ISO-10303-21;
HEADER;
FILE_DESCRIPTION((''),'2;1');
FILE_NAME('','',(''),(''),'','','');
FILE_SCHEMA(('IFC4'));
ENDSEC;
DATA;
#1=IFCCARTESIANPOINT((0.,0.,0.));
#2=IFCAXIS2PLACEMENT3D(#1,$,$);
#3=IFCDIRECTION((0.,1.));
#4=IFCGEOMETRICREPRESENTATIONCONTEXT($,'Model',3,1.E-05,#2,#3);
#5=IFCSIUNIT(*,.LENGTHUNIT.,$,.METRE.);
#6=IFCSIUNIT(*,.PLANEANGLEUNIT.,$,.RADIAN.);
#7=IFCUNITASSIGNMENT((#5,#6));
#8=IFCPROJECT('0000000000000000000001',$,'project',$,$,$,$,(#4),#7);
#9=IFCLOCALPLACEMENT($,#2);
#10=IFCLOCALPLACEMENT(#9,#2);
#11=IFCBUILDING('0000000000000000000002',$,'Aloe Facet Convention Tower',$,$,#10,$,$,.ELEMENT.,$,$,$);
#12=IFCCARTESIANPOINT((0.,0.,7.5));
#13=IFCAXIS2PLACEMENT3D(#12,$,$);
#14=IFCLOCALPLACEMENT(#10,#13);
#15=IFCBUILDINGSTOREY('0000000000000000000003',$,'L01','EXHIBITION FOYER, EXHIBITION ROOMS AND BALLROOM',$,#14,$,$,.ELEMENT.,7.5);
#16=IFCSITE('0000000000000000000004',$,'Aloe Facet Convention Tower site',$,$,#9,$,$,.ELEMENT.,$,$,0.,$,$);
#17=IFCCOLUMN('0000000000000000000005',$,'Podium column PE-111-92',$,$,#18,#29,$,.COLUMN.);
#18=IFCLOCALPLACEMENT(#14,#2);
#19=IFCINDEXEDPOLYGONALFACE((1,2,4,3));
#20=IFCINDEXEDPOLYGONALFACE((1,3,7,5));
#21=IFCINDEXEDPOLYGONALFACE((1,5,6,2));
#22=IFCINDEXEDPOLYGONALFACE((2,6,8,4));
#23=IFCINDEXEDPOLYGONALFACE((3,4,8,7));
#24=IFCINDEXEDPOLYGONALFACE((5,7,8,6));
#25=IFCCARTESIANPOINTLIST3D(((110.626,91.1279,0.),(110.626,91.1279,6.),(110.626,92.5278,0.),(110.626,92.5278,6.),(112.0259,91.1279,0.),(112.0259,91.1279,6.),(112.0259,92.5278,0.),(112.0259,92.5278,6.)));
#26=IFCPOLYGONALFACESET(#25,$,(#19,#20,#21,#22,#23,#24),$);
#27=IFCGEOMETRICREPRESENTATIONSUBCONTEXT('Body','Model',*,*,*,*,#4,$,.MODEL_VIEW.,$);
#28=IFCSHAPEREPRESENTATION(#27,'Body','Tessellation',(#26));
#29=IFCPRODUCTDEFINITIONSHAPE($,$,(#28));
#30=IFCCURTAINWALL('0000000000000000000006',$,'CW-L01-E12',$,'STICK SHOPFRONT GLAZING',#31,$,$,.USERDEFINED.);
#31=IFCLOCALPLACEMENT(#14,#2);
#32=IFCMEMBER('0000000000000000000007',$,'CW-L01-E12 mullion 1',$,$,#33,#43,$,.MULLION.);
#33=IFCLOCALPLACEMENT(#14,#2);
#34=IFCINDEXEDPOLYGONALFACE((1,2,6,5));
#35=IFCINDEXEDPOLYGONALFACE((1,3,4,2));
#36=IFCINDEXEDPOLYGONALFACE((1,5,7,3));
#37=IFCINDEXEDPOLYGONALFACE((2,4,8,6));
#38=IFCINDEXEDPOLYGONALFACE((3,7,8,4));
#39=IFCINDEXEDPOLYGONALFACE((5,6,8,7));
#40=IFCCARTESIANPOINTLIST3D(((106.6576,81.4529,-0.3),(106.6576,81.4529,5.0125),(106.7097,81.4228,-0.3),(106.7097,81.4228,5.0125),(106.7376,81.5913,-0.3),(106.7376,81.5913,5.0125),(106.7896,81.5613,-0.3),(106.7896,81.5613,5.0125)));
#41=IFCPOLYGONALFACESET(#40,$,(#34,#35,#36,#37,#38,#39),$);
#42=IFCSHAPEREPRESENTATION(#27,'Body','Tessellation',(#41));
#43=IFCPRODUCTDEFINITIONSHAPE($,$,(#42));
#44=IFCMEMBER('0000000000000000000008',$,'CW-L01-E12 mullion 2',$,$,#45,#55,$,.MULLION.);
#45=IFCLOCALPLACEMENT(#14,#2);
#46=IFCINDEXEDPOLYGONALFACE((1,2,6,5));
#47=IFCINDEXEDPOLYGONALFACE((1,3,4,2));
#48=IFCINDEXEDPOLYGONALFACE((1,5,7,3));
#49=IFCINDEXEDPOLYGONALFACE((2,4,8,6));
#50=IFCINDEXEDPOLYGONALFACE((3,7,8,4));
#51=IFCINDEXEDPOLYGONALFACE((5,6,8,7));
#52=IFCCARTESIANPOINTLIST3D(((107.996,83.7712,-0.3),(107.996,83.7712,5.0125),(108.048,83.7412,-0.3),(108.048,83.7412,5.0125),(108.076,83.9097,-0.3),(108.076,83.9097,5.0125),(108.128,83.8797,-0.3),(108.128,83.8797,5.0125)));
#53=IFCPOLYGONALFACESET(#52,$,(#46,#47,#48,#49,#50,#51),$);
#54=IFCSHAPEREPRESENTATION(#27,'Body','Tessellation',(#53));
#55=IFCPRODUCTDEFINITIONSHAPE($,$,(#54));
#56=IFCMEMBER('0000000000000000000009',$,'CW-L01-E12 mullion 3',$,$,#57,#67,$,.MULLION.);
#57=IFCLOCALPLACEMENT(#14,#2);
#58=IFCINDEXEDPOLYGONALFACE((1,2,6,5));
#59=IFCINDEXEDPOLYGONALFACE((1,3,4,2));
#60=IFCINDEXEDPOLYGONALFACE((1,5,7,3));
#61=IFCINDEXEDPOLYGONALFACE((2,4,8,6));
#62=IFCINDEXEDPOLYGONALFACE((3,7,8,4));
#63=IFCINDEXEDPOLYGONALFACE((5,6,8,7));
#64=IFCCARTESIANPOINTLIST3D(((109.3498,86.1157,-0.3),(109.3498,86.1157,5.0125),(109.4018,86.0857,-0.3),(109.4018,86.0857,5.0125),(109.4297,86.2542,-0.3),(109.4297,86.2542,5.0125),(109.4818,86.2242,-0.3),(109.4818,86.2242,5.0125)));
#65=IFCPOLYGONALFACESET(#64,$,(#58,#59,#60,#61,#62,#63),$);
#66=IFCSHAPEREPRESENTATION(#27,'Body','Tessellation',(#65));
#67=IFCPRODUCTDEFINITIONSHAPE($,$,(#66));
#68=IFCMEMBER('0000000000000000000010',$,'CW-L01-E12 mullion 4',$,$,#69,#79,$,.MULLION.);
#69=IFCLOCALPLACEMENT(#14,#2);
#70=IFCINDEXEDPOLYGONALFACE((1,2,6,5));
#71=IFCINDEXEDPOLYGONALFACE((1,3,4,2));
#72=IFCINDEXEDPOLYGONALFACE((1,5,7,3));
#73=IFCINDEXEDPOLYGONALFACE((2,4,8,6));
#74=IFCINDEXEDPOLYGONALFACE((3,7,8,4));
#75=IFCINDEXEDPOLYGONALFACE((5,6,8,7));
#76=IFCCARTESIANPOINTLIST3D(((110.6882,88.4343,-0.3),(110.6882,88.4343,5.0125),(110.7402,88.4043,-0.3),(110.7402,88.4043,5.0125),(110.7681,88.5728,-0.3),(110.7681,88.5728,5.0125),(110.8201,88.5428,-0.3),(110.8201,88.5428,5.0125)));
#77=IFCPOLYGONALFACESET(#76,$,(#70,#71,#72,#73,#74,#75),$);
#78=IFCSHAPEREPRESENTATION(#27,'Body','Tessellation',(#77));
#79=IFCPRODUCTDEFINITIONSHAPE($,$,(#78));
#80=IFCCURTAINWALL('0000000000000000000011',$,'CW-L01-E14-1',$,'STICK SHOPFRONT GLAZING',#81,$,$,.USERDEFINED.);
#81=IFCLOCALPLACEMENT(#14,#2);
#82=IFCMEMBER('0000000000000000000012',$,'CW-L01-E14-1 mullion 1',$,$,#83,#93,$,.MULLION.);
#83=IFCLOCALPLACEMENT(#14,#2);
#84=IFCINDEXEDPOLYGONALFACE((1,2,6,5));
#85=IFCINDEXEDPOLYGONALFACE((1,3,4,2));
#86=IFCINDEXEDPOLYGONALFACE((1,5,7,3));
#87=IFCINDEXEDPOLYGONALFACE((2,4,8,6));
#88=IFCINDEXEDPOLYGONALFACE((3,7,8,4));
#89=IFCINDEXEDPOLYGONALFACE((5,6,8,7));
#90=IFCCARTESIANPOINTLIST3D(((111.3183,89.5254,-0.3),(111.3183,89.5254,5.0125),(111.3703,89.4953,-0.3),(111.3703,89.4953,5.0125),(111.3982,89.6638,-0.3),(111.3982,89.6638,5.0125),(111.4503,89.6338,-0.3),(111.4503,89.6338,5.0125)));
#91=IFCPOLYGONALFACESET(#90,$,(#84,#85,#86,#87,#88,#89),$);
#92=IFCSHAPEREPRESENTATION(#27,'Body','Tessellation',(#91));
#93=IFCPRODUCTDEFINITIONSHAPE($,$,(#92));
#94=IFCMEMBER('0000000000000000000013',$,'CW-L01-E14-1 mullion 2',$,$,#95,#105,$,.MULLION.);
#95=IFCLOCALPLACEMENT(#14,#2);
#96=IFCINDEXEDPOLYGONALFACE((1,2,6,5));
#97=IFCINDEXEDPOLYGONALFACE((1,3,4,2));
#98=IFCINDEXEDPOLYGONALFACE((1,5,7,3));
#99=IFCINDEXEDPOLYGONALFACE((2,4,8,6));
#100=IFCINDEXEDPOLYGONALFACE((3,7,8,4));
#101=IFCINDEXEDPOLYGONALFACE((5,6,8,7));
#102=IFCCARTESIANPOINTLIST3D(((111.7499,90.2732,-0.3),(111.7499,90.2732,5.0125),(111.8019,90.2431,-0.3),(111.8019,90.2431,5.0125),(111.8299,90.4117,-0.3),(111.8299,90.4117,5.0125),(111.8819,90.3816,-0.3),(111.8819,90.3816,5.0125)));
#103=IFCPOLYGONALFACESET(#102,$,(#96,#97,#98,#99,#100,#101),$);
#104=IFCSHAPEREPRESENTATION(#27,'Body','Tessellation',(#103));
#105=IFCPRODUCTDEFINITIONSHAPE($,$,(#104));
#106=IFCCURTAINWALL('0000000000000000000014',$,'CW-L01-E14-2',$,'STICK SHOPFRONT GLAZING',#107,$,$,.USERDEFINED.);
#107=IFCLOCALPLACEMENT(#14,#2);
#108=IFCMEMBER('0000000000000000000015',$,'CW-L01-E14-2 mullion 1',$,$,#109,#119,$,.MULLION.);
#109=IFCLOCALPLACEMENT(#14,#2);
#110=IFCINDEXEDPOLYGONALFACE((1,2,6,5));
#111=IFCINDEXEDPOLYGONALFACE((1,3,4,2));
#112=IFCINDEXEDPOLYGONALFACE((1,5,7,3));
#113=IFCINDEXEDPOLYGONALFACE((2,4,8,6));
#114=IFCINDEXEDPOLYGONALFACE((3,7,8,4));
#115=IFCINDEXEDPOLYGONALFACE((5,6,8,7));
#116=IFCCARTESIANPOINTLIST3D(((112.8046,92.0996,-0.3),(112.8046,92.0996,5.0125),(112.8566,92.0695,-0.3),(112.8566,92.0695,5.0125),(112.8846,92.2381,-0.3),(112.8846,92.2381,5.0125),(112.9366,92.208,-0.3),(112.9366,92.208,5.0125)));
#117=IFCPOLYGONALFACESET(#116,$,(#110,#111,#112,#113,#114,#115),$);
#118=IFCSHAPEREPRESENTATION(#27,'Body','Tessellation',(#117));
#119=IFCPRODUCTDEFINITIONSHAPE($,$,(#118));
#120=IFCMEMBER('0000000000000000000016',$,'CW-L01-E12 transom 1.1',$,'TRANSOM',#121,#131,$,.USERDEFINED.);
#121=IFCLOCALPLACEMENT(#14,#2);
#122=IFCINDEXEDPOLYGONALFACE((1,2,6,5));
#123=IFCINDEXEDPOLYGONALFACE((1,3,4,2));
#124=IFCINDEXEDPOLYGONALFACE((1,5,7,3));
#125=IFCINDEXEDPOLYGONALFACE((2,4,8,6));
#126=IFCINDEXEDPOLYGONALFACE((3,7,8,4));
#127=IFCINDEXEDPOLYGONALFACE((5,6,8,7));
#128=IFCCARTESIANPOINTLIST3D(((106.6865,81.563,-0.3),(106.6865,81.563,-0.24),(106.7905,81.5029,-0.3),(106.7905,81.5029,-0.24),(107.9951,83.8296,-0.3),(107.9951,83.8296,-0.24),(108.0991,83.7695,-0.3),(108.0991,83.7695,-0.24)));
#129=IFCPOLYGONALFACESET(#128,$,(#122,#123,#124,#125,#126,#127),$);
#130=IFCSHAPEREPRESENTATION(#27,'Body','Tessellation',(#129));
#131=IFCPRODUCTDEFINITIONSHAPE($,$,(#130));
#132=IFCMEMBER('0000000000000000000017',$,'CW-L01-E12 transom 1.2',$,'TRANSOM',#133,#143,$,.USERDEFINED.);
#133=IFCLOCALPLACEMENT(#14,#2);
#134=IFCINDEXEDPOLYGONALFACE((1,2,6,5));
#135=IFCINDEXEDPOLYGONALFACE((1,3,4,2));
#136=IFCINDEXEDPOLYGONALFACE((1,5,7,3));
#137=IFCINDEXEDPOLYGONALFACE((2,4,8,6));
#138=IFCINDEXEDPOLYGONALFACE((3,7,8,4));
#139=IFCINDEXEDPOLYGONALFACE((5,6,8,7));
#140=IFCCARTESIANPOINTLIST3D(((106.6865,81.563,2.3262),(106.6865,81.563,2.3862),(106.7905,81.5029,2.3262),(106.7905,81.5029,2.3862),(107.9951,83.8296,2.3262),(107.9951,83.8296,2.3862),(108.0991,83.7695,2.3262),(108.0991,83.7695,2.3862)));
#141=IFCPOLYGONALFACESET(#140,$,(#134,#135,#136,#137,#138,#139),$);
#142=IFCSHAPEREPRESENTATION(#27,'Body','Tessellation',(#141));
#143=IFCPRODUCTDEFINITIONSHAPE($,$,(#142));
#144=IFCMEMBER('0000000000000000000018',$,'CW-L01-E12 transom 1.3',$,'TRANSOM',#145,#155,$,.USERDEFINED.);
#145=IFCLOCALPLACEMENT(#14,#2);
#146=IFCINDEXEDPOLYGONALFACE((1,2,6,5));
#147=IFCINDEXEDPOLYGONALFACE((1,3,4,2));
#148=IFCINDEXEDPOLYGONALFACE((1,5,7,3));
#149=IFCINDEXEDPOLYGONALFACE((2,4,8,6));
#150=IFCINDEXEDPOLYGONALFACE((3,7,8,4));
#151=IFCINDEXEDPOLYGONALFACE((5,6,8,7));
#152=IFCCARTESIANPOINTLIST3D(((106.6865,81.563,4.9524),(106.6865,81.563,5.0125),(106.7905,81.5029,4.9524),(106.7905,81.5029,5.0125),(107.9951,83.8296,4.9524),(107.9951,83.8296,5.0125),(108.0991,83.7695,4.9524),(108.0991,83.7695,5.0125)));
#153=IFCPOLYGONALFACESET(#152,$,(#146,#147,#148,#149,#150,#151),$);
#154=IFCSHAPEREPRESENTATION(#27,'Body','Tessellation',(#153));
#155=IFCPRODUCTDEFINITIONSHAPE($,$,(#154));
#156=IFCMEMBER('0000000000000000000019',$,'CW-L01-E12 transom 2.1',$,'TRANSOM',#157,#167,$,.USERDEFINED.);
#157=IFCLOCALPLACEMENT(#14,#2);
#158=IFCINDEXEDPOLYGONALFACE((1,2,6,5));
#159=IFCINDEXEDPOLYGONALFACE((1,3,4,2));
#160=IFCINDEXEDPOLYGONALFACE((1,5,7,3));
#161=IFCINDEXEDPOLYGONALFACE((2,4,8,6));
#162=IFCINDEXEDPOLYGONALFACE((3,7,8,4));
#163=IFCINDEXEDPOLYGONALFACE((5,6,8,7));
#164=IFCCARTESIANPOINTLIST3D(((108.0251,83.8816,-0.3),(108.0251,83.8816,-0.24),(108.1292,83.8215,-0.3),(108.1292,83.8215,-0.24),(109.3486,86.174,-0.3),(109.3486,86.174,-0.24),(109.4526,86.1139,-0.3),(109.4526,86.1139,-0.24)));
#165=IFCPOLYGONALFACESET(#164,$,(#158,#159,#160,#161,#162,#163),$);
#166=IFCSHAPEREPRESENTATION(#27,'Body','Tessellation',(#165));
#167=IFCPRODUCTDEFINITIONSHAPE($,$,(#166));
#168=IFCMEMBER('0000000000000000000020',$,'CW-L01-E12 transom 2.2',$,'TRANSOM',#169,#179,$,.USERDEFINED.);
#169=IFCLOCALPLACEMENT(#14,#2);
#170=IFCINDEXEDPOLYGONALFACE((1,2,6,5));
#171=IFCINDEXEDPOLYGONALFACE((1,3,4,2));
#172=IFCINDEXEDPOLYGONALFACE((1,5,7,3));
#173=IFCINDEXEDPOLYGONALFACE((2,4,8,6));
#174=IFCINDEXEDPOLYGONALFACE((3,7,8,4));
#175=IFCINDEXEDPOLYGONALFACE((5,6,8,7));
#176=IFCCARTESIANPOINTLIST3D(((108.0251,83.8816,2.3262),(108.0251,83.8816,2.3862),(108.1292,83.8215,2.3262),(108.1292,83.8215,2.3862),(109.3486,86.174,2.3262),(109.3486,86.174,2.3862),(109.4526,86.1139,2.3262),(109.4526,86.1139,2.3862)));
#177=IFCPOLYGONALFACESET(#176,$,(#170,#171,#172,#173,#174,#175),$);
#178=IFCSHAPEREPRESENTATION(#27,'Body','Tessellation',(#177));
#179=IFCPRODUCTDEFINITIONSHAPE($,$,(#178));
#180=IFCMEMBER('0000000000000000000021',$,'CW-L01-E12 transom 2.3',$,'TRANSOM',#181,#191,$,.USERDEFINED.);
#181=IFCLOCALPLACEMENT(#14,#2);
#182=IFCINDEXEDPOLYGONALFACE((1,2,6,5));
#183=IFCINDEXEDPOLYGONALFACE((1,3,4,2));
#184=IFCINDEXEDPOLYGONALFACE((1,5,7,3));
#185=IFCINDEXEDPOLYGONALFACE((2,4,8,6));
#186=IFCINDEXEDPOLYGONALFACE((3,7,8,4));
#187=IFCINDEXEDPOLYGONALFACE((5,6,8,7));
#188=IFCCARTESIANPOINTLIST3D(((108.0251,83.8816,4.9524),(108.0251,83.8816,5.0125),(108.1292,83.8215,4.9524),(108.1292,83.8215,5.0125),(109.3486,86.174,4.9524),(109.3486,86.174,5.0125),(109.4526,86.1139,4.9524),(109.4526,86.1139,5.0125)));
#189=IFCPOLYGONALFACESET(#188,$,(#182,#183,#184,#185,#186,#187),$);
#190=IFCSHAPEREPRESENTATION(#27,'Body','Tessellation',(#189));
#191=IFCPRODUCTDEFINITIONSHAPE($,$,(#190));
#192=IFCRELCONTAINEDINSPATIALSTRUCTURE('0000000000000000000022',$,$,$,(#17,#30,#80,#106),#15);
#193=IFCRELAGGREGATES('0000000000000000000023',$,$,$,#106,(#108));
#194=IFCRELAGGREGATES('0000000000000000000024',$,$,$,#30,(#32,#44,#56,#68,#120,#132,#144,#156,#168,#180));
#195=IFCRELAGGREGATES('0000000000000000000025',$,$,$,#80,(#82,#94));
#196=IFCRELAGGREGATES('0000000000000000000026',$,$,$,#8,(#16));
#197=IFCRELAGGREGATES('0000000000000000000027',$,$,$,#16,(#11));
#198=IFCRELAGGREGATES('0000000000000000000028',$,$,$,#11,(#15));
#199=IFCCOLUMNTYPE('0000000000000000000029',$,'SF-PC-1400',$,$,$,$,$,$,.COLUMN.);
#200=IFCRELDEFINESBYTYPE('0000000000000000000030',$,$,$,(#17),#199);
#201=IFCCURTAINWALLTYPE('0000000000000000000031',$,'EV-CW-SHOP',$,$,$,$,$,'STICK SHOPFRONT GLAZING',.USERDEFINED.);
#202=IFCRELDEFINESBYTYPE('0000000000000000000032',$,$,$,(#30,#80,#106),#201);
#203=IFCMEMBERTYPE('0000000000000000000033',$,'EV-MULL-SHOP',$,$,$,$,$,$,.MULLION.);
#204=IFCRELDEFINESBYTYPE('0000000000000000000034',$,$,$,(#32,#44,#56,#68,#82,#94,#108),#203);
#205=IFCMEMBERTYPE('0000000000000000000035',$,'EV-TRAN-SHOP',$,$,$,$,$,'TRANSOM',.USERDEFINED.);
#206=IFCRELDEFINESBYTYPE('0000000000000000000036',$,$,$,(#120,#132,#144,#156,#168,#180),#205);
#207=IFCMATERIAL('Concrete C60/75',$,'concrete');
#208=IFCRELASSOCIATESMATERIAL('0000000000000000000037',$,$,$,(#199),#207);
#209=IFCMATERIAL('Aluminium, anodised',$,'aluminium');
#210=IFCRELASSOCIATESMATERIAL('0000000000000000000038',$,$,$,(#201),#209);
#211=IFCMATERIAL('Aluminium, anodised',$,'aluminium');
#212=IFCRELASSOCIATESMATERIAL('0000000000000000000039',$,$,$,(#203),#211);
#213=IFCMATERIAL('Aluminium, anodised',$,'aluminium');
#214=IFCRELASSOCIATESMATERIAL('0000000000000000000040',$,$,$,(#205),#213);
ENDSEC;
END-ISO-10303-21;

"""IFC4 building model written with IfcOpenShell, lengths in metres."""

from ifc_helpers import new_model, si_unit, direction, frame, origin, origin_2d, place, context, subcontext, project, spatial, rectangle, extrude, material, material_profile, profile_set, type_object, element, aggregate, save


model = new_model("IFC4")

# Units and contexts
model_context = context("Model", 3, precision=1e-05, world=origin(), true_north=direction((0.0, 1.0)))
body_context = subcontext(model_context, "Body", "Model", "MODEL_VIEW")
ifc_project = project(units=[si_unit("LENGTHUNIT", "METRE"), si_unit("PLANEANGLEUNIT", "RADIAN")], contexts=[model_context])

# Site, building, storey
site_placement = place(None, origin())
site = spatial("IfcSite", under=ifc_project, at=site_placement, Name="Aloe Facet Convention Tower site", CompositionType="ELEMENT", RefElevation=0.0)
building_placement = place(site_placement, origin())
building = spatial("IfcBuilding", under=site, at=building_placement, Name="Aloe Facet Convention Tower", CompositionType="ELEMENT")
storey_placement = place(building_placement, frame((0.0, 0.0, 7.5)))
storey = spatial("IfcBuildingStorey", under=building, at=storey_placement, Name="L01", Description="EXHIBITION FOYER, EXHIBITION ROOMS AND BALLROOM", CompositionType="ELEMENT", Elevation=7.5)

# Column
ifc_material_1 = material(Name="Concrete C60/75", Category="concrete")
ifc_material_profile_1 = material_profile(ifc_material_1, rectangle(XDim=1.3999, YDim=1.3999, at=origin_2d()), Name="SF-PC-1400")
ifc_profile_set_1 = profile_set([ifc_material_profile_1], Name="Concrete C60/75")
column_type = type_object("IfcColumnType", Name="SF-PC-1400", PredefinedType="COLUMN", material=ifc_profile_set_1)
column_placement = place(storey_placement, frame((111.3259, 91.8279, 0.0), z_axis=(0.0, 0.0, 1.0), x_axis=(1.0, 0.0, 0.0)))
element("IfcColumn", 1, at=column_placement, inside=storey, type_object=column_type, Name="Podium column PE-111-92", PredefinedType="COLUMN", context=body_context, shape_type="SweptSolid", body=[
    extrude(rectangle(XDim=1.3999, YDim=1.3999, at=origin_2d()), origin(), (0.0, 0.0, 1.0), 6.0),
])

# Curtain walls, members
ifc_material_2 = material(Name="Aluminium, anodised", Category="aluminium")
curtain_wall_type = type_object("IfcCurtainWallType", Name="EV-CW-SHOP", ElementType="STICK SHOPFRONT GLAZING", PredefinedType="USERDEFINED", material=ifc_material_2)
curtain_wall_1_placement = place(storey_placement, origin())
curtain_wall_1 = element("IfcCurtainWall", 2, at=curtain_wall_1_placement, inside=storey, type_object=curtain_wall_type, Name="CW-L01-E12", ObjectType="STICK SHOPFRONT GLAZING", PredefinedType="USERDEFINED")
ifc_material_3 = material(Name="Aluminium, anodised", Category="aluminium")
ifc_material_profile_2 = material_profile(ifc_material_3, rectangle(XDim=0.0601, YDim=0.1599, at=origin_2d()), Name="AL 60x160")
ifc_profile_set_2 = profile_set([ifc_material_profile_2], Name="Aluminium, anodised")
member_type_1 = type_object("IfcMemberType", Name="EV-MULL-SHOP", PredefinedType="MULLION", material=ifc_profile_set_2)
member_1_placement = place(storey_placement, frame((106.7236, 81.5071, -0.3), z_axis=(0.0, 0.0, 1.0), x_axis=(-0.866025, 0.5, 0.0)))
member_1 = element("IfcMember", 3, at=member_1_placement, type_object=member_type_1, Name="CW-L01-E12 mullion 1", PredefinedType="MULLION", context=body_context, shape_type="SweptSolid", body=[
    extrude(rectangle(XDim=0.0601, YDim=0.1599, at=origin_2d()), origin(), (0.0, 0.0, 1.0), 5.3125),
])
member_2_placement = place(storey_placement, frame((108.062, 83.8254, -0.3), z_axis=(0.0, 0.0, 1.0), x_axis=(-0.866025, 0.5, 0.0)))
member_2 = element("IfcMember", 4, at=member_2_placement, type_object=member_type_1, Name="CW-L01-E12 mullion 2", PredefinedType="MULLION", context=body_context, shape_type="SweptSolid", body=[
    extrude(rectangle(XDim=0.0601, YDim=0.1599, at=origin_2d()), origin(), (0.0, 0.0, 1.0), 5.3125),
])
member_3_placement = place(storey_placement, frame((109.4158, 86.1699, -0.3), z_axis=(0.0, 0.0, 1.0), x_axis=(-0.866025, 0.5, 0.0)))
member_3 = element("IfcMember", 5, at=member_3_placement, type_object=member_type_1, Name="CW-L01-E12 mullion 3", PredefinedType="MULLION", context=body_context, shape_type="SweptSolid", body=[
    extrude(rectangle(XDim=0.0601, YDim=0.1599, at=origin_2d()), origin(), (0.0, 0.0, 1.0), 5.3125),
])
member_4_placement = place(storey_placement, frame((110.7542, 88.4885, -0.3), z_axis=(0.0, 0.0, 1.0), x_axis=(-0.866025, 0.5, 0.0)))
member_4 = element("IfcMember", 6, at=member_4_placement, type_object=member_type_1, Name="CW-L01-E12 mullion 4", PredefinedType="MULLION", context=body_context, shape_type="SweptSolid", body=[
    extrude(rectangle(XDim=0.0601, YDim=0.1599, at=origin_2d()), origin(), (0.0, 0.0, 1.0), 5.3125),
])
curtain_wall_2_placement = place(storey_placement, origin())
curtain_wall_2 = element("IfcCurtainWall", 7, at=curtain_wall_2_placement, inside=storey, type_object=curtain_wall_type, Name="CW-L01-E14-1", ObjectType="STICK SHOPFRONT GLAZING", PredefinedType="USERDEFINED")
member_5_placement = place(storey_placement, frame((111.3843, 89.5796, -0.3), z_axis=(0.0, 0.0, 1.0), x_axis=(-0.866025, 0.5, 0.0)))
member_5 = element("IfcMember", 8, at=member_5_placement, type_object=member_type_1, Name="CW-L01-E14-1 mullion 1", PredefinedType="MULLION", context=body_context, shape_type="SweptSolid", body=[
    extrude(rectangle(XDim=0.0601, YDim=0.1599, at=origin_2d()), origin(), (0.0, 0.0, 1.0), 5.3125),
])
member_6_placement = place(storey_placement, frame((111.8159, 90.3274, -0.3), z_axis=(0.0, 0.0, 1.0), x_axis=(-0.866025, 0.5, 0.0)))
member_6 = element("IfcMember", 9, at=member_6_placement, type_object=member_type_1, Name="CW-L01-E14-1 mullion 2", PredefinedType="MULLION", context=body_context, shape_type="SweptSolid", body=[
    extrude(rectangle(XDim=0.0601, YDim=0.1599, at=origin_2d()), origin(), (0.0, 0.0, 1.0), 5.3125),
])

# Curtain wall, member
curtain_wall_3_placement = place(storey_placement, origin())
curtain_wall_3 = element("IfcCurtainWall", 10, at=curtain_wall_3_placement, inside=storey, type_object=curtain_wall_type, Name="CW-L01-E14-2", ObjectType="STICK SHOPFRONT GLAZING", PredefinedType="USERDEFINED")
member_7_placement = place(storey_placement, frame((112.8706, 92.1538, -0.3), z_axis=(0.0, 0.0, 1.0), x_axis=(-0.866025, 0.5, 0.0)))
member_7 = element("IfcMember", 11, at=member_7_placement, type_object=member_type_1, Name="CW-L01-E14-2 mullion 1", PredefinedType="MULLION", context=body_context, shape_type="SweptSolid", body=[
    extrude(rectangle(XDim=0.0601, YDim=0.1599, at=origin_2d()), origin(), (0.0, 0.0, 1.0), 5.3125),
])

# Members
ifc_material_4 = material(Name="Aluminium, anodised", Category="aluminium")
ifc_material_profile_3 = material_profile(ifc_material_4, rectangle(XDim=0.1201, YDim=0.0601, at=origin_2d()), Name="AL 120x60")
ifc_profile_set_3 = profile_set([ifc_material_profile_3], Name="Aluminium, anodised")
member_type_2 = type_object("IfcMemberType", Name="EV-TRAN-SHOP", ElementType="TRANSOM", PredefinedType="USERDEFINED", material=ifc_profile_set_3)
member_8_placement = place(storey_placement, frame((106.7385, 81.533, -0.27), z_axis=(0.499992, 0.86603, 0.0), x_axis=(-0.86603, 0.499992, 0.0)))
member_8 = element("IfcMember", 12, at=member_8_placement, type_object=member_type_2, Name="CW-L01-E12 transom 1.1", ObjectType="TRANSOM", PredefinedType="USERDEFINED", context=body_context, shape_type="SweptSolid", body=[
    extrude(rectangle(XDim=0.1201, YDim=0.0601, at=origin_2d()), origin(), (0.0, 0.0, 1.0), 2.6172),
])
member_9_placement = place(storey_placement, frame((106.7385, 81.533, 2.3562), z_axis=(0.499992, 0.86603, 0.0), x_axis=(-0.86603, 0.499992, 0.0)))
member_9 = element("IfcMember", 13, at=member_9_placement, type_object=member_type_2, Name="CW-L01-E12 transom 1.2", ObjectType="TRANSOM", PredefinedType="USERDEFINED", context=body_context, shape_type="SweptSolid", body=[
    extrude(rectangle(XDim=0.1201, YDim=0.0601, at=origin_2d()), origin(), (0.0, 0.0, 1.0), 2.6172),
])
member_10_placement = place(storey_placement, frame((106.7385, 81.533, 4.9824), z_axis=(0.499992, 0.86603, 0.0), x_axis=(-0.86603, 0.499992, 0.0)))
member_10 = element("IfcMember", 14, at=member_10_placement, type_object=member_type_2, Name="CW-L01-E12 transom 1.3", ObjectType="TRANSOM", PredefinedType="USERDEFINED", context=body_context, shape_type="SweptSolid", body=[
    extrude(rectangle(XDim=0.1201, YDim=0.0601, at=origin_2d()), origin(), (0.0, 0.0, 1.0), 2.6172),
])
member_11_placement = place(storey_placement, frame((108.0771, 83.8516, -0.27), z_axis=(0.499978, 0.866038, 0.0), x_axis=(-0.866038, 0.499978, 0.0)))
member_11 = element("IfcMember", 15, at=member_11_placement, type_object=member_type_2, Name="CW-L01-E12 transom 2.1", ObjectType="TRANSOM", PredefinedType="USERDEFINED", context=body_context, shape_type="SweptSolid", body=[
    extrude(rectangle(XDim=0.1201, YDim=0.0601, at=origin_2d()), origin(), (0.0, 0.0, 1.0), 2.647),
])
member_12_placement = place(storey_placement, frame((108.0771, 83.8516, 2.3562), z_axis=(0.499978, 0.866038, 0.0), x_axis=(-0.866038, 0.499978, 0.0)))
member_12 = element("IfcMember", 16, at=member_12_placement, type_object=member_type_2, Name="CW-L01-E12 transom 2.2", ObjectType="TRANSOM", PredefinedType="USERDEFINED", context=body_context, shape_type="SweptSolid", body=[
    extrude(rectangle(XDim=0.1201, YDim=0.0601, at=origin_2d()), origin(), (0.0, 0.0, 1.0), 2.647),
])
member_13_placement = place(storey_placement, frame((108.0771, 83.8516, 4.9824), z_axis=(0.499978, 0.866038, 0.0), x_axis=(-0.866038, 0.499978, 0.0)))
member_13 = element("IfcMember", 17, at=member_13_placement, type_object=member_type_2, Name="CW-L01-E12 transom 2.3", ObjectType="TRANSOM", PredefinedType="USERDEFINED", context=body_context, shape_type="SweptSolid", body=[
    extrude(rectangle(XDim=0.1201, YDim=0.0601, at=origin_2d()), origin(), (0.0, 0.0, 1.0), 2.647),
])
aggregate(curtain_wall_3, [member_7])

aggregate(curtain_wall_1, [member_1, member_2, member_3, member_4, member_8, member_9, member_10, member_11, member_12, member_13])
aggregate(curtain_wall_2, [member_5, member_6])

save(model, "model.ifc")
